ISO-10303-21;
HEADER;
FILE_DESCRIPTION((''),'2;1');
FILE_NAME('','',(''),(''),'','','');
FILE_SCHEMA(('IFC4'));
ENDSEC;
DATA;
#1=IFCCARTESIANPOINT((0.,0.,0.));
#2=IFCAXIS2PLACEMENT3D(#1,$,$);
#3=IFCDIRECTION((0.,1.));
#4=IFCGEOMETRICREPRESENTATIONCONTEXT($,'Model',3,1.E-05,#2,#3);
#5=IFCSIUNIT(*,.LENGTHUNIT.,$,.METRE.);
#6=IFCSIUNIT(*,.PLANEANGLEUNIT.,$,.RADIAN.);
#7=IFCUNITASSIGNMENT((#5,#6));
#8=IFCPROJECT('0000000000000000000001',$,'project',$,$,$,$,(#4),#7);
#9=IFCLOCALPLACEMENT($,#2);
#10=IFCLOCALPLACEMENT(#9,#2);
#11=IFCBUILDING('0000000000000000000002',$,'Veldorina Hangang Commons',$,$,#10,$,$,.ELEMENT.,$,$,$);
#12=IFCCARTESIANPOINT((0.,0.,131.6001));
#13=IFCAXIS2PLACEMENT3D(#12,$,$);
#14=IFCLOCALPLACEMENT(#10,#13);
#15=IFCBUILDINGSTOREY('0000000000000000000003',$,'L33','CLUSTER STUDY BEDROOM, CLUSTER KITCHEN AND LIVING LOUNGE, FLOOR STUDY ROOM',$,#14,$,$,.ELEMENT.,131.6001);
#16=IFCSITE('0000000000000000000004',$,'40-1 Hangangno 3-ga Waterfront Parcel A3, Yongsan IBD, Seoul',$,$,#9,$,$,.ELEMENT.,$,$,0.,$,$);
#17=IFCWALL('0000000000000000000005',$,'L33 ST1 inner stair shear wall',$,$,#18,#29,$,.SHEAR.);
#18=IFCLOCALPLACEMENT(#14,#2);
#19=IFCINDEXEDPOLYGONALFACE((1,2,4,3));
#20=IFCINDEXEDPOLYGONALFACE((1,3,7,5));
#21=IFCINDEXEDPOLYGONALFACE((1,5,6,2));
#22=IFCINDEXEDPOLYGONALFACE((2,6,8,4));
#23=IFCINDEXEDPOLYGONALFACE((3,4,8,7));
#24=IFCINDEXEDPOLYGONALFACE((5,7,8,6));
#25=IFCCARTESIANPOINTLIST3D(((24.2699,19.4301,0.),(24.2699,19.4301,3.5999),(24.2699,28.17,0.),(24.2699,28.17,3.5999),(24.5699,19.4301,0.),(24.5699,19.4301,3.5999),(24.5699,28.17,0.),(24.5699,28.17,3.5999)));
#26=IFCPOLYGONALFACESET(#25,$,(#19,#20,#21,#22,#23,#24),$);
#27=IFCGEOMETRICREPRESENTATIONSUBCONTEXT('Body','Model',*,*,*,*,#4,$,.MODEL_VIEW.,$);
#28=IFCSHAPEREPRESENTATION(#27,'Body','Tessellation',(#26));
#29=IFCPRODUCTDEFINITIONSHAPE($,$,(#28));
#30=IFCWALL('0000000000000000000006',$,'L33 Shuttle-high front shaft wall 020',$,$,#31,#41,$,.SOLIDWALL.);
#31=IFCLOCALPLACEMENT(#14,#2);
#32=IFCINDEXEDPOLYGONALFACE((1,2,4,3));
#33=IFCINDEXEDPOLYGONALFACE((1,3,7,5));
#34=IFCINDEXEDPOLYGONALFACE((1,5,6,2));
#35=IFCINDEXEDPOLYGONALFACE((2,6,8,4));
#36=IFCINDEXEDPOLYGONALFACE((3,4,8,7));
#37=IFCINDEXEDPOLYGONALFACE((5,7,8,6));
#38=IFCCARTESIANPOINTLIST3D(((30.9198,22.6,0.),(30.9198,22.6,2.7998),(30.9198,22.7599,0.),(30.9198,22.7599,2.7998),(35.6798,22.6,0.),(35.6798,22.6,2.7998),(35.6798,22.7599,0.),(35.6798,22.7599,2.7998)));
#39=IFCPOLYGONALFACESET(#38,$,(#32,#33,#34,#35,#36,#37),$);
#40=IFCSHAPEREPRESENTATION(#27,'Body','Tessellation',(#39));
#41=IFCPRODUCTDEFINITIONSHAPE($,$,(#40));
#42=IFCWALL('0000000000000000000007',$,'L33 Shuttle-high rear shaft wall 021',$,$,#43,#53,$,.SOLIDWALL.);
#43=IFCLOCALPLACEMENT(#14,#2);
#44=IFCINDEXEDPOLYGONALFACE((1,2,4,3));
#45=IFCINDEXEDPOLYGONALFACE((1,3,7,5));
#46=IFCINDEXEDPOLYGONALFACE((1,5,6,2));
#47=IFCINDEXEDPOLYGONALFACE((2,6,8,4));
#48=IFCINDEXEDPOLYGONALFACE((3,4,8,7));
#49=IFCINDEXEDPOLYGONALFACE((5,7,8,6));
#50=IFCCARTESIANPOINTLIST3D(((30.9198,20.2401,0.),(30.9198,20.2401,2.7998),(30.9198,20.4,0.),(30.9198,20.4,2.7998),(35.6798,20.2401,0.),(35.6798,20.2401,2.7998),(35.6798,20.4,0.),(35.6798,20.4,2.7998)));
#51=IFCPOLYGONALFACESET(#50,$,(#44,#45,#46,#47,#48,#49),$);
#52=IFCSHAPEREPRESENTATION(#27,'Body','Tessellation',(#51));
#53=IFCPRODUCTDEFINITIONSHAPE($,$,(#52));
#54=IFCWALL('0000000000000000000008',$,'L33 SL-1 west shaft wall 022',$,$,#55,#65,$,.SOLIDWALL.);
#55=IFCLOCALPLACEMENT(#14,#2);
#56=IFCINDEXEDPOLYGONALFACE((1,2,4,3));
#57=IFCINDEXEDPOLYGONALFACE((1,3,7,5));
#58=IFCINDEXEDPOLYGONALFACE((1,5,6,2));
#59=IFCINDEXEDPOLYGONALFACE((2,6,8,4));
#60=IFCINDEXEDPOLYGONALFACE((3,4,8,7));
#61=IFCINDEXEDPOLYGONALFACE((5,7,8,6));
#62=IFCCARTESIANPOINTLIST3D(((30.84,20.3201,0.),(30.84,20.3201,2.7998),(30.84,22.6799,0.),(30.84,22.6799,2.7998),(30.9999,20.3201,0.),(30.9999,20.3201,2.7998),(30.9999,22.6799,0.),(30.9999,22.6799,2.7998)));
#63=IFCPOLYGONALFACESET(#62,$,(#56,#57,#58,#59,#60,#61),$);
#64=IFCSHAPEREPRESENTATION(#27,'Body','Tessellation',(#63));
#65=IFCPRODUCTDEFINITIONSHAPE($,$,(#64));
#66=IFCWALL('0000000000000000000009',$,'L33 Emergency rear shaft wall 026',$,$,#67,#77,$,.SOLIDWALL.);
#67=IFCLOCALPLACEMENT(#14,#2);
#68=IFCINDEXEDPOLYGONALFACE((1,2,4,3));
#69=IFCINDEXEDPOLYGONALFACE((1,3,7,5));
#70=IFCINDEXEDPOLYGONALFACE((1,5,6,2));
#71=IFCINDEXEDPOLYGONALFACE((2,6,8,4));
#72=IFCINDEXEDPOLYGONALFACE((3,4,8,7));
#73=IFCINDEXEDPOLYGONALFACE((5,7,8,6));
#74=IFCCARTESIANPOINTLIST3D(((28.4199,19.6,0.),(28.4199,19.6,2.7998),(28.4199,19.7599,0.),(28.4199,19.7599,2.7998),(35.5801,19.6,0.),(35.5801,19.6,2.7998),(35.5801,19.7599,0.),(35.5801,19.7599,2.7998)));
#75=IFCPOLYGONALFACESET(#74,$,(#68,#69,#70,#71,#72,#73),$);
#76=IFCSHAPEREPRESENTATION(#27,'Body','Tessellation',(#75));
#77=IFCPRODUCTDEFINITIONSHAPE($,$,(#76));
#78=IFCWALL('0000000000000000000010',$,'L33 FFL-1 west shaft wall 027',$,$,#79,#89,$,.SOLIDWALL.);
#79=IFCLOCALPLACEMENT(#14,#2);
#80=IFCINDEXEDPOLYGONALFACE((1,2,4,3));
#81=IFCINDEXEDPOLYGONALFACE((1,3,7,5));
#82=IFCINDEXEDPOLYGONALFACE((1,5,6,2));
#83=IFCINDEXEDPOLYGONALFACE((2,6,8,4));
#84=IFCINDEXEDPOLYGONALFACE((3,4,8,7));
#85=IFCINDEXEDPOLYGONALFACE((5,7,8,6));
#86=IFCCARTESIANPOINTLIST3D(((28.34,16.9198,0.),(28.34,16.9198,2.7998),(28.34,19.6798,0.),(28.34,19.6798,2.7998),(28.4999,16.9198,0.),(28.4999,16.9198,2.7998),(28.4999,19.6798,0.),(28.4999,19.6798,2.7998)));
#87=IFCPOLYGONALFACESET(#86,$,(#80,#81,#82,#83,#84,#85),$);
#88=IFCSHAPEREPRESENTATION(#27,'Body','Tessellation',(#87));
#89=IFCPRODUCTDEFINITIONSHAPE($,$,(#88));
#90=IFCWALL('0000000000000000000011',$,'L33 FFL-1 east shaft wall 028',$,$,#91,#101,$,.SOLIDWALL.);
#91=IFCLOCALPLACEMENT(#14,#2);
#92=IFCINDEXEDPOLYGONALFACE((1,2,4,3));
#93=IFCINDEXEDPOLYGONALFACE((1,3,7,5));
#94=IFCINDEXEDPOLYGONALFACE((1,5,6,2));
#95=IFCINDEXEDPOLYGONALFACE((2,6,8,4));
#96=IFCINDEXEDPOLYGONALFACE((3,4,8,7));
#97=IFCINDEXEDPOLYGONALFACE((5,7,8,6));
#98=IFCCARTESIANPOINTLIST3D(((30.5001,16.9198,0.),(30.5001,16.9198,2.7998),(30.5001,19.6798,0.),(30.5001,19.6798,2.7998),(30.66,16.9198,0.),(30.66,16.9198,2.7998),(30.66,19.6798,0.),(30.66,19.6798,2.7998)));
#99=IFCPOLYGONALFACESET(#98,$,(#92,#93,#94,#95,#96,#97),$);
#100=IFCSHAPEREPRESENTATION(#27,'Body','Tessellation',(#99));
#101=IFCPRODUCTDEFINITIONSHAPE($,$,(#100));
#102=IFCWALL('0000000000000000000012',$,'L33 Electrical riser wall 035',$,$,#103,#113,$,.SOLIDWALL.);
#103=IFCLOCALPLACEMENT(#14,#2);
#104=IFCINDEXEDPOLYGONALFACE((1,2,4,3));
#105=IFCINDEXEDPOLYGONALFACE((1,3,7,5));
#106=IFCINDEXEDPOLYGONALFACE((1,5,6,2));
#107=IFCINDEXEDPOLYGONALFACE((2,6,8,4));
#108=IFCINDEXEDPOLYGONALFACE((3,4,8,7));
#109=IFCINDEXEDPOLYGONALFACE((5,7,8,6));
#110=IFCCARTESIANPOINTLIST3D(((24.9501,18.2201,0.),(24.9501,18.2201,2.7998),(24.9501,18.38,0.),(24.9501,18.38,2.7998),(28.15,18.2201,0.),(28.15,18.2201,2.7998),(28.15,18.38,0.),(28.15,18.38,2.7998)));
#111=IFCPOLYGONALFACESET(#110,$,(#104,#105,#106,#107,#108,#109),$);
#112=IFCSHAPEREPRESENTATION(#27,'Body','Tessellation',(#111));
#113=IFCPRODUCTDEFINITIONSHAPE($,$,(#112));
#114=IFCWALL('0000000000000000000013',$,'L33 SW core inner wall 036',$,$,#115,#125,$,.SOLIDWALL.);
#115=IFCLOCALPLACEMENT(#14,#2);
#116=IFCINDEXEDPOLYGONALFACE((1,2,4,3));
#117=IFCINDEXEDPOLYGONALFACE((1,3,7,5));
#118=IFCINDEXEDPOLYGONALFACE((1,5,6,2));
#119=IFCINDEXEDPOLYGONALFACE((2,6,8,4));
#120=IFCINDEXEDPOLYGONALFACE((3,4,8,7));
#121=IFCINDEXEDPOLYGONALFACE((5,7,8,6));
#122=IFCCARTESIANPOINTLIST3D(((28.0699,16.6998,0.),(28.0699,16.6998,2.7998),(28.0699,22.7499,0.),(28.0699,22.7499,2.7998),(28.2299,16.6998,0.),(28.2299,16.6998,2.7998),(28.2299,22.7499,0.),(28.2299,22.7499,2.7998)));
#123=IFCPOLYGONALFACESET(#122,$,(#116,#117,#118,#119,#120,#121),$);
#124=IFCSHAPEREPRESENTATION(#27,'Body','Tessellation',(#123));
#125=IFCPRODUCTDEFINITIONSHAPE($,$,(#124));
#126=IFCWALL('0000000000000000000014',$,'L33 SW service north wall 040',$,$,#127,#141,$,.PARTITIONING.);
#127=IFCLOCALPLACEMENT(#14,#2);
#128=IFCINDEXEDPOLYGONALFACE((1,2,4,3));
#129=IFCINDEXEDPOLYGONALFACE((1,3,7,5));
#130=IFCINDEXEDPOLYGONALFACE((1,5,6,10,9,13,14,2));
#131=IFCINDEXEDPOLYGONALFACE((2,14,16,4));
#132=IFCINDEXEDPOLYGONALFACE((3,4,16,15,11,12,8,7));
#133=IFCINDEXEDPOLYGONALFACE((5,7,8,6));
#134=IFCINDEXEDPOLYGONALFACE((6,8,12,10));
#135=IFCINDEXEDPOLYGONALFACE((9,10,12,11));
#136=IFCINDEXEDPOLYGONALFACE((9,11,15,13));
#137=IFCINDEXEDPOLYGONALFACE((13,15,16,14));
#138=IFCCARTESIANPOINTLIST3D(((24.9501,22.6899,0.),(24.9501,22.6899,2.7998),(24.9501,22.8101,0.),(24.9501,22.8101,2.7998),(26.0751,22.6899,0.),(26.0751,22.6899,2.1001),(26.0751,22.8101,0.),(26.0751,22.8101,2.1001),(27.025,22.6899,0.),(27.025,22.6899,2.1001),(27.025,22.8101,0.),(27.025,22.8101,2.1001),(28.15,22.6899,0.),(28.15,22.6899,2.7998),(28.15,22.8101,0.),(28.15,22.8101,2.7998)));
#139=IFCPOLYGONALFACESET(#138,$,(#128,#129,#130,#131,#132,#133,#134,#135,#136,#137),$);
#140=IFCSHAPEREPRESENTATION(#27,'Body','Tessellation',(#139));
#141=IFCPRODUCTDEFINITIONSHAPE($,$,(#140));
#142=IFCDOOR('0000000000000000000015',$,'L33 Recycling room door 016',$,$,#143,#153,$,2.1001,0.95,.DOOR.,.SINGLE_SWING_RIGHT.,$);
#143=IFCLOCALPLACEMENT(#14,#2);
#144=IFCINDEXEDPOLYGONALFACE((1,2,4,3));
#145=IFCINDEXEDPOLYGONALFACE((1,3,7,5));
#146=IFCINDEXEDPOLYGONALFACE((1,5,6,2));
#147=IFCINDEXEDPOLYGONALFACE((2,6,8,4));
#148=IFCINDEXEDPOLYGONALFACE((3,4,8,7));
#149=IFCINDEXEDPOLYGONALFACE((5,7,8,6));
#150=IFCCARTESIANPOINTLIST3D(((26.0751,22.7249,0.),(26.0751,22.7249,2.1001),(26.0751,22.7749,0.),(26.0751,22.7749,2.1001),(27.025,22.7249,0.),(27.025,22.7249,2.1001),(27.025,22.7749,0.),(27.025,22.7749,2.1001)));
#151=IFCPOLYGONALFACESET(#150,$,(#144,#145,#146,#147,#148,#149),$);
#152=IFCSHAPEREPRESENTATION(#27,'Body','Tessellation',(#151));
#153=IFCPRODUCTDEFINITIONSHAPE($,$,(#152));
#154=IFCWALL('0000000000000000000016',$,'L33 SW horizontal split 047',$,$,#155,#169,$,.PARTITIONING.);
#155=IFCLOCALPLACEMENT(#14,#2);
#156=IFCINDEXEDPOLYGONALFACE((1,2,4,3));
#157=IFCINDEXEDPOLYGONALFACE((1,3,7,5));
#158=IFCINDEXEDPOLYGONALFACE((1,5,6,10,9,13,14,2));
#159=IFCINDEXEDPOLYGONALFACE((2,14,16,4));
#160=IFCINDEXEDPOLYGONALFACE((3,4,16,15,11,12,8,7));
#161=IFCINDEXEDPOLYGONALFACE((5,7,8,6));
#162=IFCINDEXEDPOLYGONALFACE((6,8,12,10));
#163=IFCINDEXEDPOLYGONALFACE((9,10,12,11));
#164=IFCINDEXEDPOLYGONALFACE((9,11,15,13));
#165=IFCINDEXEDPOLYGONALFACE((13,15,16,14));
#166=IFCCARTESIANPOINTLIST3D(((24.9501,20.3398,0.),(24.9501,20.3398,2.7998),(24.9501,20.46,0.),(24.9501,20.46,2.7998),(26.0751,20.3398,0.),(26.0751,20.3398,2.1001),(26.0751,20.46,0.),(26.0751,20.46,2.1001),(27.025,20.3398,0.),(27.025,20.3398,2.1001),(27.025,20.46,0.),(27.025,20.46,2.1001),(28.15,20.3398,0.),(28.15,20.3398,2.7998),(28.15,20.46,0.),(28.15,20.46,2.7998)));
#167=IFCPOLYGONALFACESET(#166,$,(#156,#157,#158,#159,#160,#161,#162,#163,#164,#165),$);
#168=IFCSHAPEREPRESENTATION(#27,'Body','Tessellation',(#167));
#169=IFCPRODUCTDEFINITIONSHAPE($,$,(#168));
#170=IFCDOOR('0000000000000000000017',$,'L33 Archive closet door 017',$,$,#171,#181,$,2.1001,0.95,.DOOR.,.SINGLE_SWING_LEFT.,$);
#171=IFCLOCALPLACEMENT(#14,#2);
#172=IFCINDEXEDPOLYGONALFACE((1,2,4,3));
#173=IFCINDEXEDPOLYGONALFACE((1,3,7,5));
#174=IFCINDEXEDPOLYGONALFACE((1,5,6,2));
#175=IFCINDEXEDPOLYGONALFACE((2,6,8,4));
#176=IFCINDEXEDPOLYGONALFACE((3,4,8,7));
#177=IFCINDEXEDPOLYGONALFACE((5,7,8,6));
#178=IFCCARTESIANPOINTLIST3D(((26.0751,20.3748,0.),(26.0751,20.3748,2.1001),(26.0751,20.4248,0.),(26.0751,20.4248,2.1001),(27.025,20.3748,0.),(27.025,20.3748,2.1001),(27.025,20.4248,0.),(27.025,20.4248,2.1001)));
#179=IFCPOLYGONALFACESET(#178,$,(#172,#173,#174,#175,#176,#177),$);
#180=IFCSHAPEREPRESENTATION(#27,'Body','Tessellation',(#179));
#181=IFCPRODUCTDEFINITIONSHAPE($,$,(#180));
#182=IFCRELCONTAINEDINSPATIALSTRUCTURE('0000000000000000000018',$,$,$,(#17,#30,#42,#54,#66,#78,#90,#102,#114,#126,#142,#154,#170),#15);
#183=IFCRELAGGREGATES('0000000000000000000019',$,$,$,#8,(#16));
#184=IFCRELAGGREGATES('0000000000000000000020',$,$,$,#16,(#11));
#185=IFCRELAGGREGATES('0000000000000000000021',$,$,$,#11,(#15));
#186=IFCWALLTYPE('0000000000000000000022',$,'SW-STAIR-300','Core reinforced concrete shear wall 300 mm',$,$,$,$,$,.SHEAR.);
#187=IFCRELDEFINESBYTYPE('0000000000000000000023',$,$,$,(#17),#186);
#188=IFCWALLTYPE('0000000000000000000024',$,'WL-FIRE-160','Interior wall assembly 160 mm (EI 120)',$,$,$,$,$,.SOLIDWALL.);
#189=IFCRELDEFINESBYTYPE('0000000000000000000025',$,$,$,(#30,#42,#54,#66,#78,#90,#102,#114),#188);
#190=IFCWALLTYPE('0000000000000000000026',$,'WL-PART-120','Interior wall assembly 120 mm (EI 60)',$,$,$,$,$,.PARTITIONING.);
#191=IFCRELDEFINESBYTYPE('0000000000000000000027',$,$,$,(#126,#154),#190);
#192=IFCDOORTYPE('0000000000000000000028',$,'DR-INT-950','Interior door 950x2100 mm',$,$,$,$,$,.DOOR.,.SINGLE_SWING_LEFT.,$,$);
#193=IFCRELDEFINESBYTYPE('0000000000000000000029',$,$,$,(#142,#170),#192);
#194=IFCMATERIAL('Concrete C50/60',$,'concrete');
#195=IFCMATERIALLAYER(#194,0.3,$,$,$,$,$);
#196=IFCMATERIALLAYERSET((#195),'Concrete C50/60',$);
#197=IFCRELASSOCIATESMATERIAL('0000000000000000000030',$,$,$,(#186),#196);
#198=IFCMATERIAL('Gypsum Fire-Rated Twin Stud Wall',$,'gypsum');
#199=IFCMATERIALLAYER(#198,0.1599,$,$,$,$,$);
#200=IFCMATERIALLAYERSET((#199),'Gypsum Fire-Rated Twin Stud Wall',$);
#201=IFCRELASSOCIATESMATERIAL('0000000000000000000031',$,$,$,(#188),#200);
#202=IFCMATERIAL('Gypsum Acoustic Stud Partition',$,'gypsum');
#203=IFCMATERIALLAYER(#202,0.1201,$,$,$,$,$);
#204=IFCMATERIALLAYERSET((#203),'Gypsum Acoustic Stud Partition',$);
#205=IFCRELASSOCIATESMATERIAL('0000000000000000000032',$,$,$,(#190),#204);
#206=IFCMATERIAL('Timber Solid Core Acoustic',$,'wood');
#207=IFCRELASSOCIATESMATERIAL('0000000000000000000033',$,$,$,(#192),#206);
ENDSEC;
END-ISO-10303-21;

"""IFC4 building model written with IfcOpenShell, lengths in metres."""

from ifc_helpers import new_model, si_unit, direction, frame, frame_2d, origin, place, context, subcontext, project, spatial, rectangle, extrude, material, layer, layer_set, type_object, element, fill, save


model = new_model("IFC4")

# Units and contexts
model_context = context("Model", 3, precision=1e-05, world=origin(), true_north=direction((0.0, 1.0)))
body_context = subcontext(model_context, "Body", "Model", "MODEL_VIEW")
ifc_project = project(units=[si_unit("LENGTHUNIT", "METRE"), si_unit("PLANEANGLEUNIT", "RADIAN")], contexts=[model_context])

# Site, building, storey
site_placement = place(None, origin())
site = spatial("IfcSite", under=ifc_project, at=site_placement, Name="40-1 Hangangno 3-ga Waterfront Parcel A3, Yongsan IBD, Seoul", CompositionType="ELEMENT", RefElevation=0.0)
building_placement = place(site_placement, origin())
building = spatial("IfcBuilding", under=site, at=building_placement, Name="Veldorina Hangang Commons", CompositionType="ELEMENT")
storey_placement = place(building_placement, frame((0.0, 0.0, 131.6001)))
storey = spatial("IfcBuildingStorey", under=building, at=storey_placement, Name="L33", Description="CLUSTER STUDY BEDROOM, CLUSTER KITCHEN AND LIVING LOUNGE, FLOOR STUDY ROOM", CompositionType="ELEMENT", Elevation=131.6001)

# Walls
ifc_material_1 = material(Name="Concrete C50/60", Category="concrete")
ifc_layer_1 = layer(ifc_material_1, 0.3)
ifc_layer_set_1 = layer_set([ifc_layer_1], Name="Concrete C50/60")
wall_type_1 = type_object("IfcWallType", Name="SW-STAIR-300", Description="Core reinforced concrete shear wall 300 mm", PredefinedType="SHEAR", material=ifc_layer_set_1)
wall_1_placement = place(storey_placement, frame((24.4199, 19.4299, 0.0), z_axis=(0.0, 0.0, 1.0), x_axis=(0.0, 1.0, 0.0)))
element("IfcWall", 1, at=wall_1_placement, inside=storey, type_object=wall_type_1, Name="L33 ST1 inner stair shear wall", PredefinedType="SHEAR", context=body_context, shape_type="SweptSolid", body=[
    extrude(rectangle(XDim=8.74, YDim=0.3, at=frame_2d((4.3701, 0.0))), origin(), (0.0, 0.0, 1.0), 3.5999),
])
ifc_material_2 = material(Name="Gypsum Fire-Rated Twin Stud Wall", Category="gypsum")
ifc_layer_2 = layer(ifc_material_2, 0.1599)
ifc_layer_set_2 = layer_set([ifc_layer_2], Name="Gypsum Fire-Rated Twin Stud Wall")
wall_type_2 = type_object("IfcWallType", Name="WL-FIRE-160", Description="Interior wall assembly 160 mm (EI 120)", PredefinedType="SOLIDWALL", material=ifc_layer_set_2)
for number, where, z_axis, x_axis, name in (
    (2, (30.9199, 22.6799, 0.0), (0.0, 0.0, 1.0), (1.0, 0.0, 0.0), "L33 Shuttle-high front shaft wall 020"),
    (3, (30.9199, 20.3201, 0.0), (0.0, 0.0, 1.0), (1.0, 0.0, 0.0), "L33 Shuttle-high rear shaft wall 021"),
):
    element("IfcWall", number, at=place(storey_placement, frame(where, z_axis=z_axis, x_axis=x_axis)), inside=storey, type_object=wall_type_2, Name=name, PredefinedType="SOLIDWALL", context=body_context, shape_type="SweptSolid", body=[
        extrude(rectangle(XDim=4.76, YDim=0.1599, at=frame_2d((2.3799, 0.0))), origin(), (0.0, 0.0, 1.0), 2.7998),
    ])
wall_2_placement = place(storey_placement, frame((30.9199, 20.3201, 0.0), z_axis=(0.0, 0.0, 1.0), x_axis=(0.0, 1.0, 0.0)))
element("IfcWall", 4, at=wall_2_placement, inside=storey, type_object=wall_type_2, Name="L33 SL-1 west shaft wall 022", PredefinedType="SOLIDWALL", context=body_context, shape_type="SweptSolid", body=[
    extrude(rectangle(XDim=2.3599, YDim=0.1599, at=frame_2d((1.1799, 0.0))), origin(), (0.0, 0.0, 1.0), 2.7998),
])

# Walls
wall_3_placement = place(storey_placement, frame((28.4199, 19.6799, 0.0), z_axis=(0.0, 0.0, 1.0), x_axis=(1.0, 0.0, 0.0)))
element("IfcWall", 5, at=wall_3_placement, inside=storey, type_object=wall_type_2, Name="L33 Emergency rear shaft wall 026", PredefinedType="SOLIDWALL", context=body_context, shape_type="SweptSolid", body=[
    extrude(rectangle(XDim=7.1602, YDim=0.1599, at=frame_2d((3.5801, 0.0))), origin(), (0.0, 0.0, 1.0), 2.7998),
])
for number, where, z_axis, x_axis, name in (
    (6, (28.4199, 16.9199, 0.0), (0.0, 0.0, 1.0), (0.0, 1.0, 0.0), "L33 FFL-1 west shaft wall 027"),
    (7, (30.5801, 16.9199, 0.0), (0.0, 0.0, 1.0), (0.0, 1.0, 0.0), "L33 FFL-1 east shaft wall 028"),
):
    element("IfcWall", number, at=place(storey_placement, frame(where, z_axis=z_axis, x_axis=x_axis)), inside=storey, type_object=wall_type_2, Name=name, PredefinedType="SOLIDWALL", context=body_context, shape_type="SweptSolid", body=[
        extrude(rectangle(XDim=2.76, YDim=0.1599, at=frame_2d((1.3799, 0.0))), origin(), (0.0, 0.0, 1.0), 2.7998),
    ])
wall_4_placement = place(storey_placement, frame((24.95, 18.3, 0.0), z_axis=(0.0, 0.0, 1.0), x_axis=(1.0, 0.0, 0.0)))
element("IfcWall", 8, at=wall_4_placement, inside=storey, type_object=wall_type_2, Name="L33 Electrical riser wall 035", PredefinedType="SOLIDWALL", context=body_context, shape_type="SweptSolid", body=[
    extrude(rectangle(XDim=3.2, YDim=0.1599, at=frame_2d((1.6001, 0.0))), origin(), (0.0, 0.0, 1.0), 2.7998),
])
wall_5_placement = place(storey_placement, frame((28.1499, 16.7, 0.0), z_axis=(0.0, 0.0, 1.0), x_axis=(0.0, 1.0, 0.0)))
element("IfcWall", 9, at=wall_5_placement, inside=storey, type_object=wall_type_2, Name="L33 SW core inner wall 036", PredefinedType="SOLIDWALL", context=body_context, shape_type="SweptSolid", body=[
    extrude(rectangle(XDim=6.05, YDim=0.1599, at=frame_2d((3.0249, 0.0))), origin(), (0.0, 0.0, 1.0), 2.7998),
])

# Walls, openings, doors
ifc_material_3 = material(Name="Gypsum Acoustic Stud Partition", Category="gypsum")
ifc_layer_3 = layer(ifc_material_3, 0.1201)
ifc_layer_set_3 = layer_set([ifc_layer_3], Name="Gypsum Acoustic Stud Partition")
wall_type_3 = type_object("IfcWallType", Name="WL-PART-120", Description="Interior wall assembly 120 mm (EI 60)", PredefinedType="PARTITIONING", material=ifc_layer_set_3)
wall_6_placement = place(storey_placement, frame((24.95, 22.75, 0.0), z_axis=(0.0, 0.0, 1.0), x_axis=(1.0, 0.0, 0.0)))
wall_6 = element("IfcWall", 10, at=wall_6_placement, inside=storey, type_object=wall_type_3, Name="L33 SW service north wall 040", PredefinedType="PARTITIONING", context=body_context, shape_type="SweptSolid", body=[
    extrude(rectangle(XDim=3.2, YDim=0.1201, at=frame_2d((1.6001, 0.0))), origin(), (0.0, 0.0, 1.0), 2.7998),
])
opening_1_placement = place(wall_6_placement, frame((1.125, 0.0, 0.0)))
opening_1 = element("IfcOpeningElement", 11, at=opening_1_placement, cuts=wall_6, PredefinedType="OPENING", context=body_context, shape_type="SweptSolid", body=[
    extrude(rectangle(XDim=0.95, YDim=2.1001, at=frame_2d((0.4751, 1.05))), frame((0.0, 0.0701, 0.0), z_axis=(0.0, -1.0, 0.0), x_axis=(1.0, 0.0, 0.0)), (0.0, 0.0, 1.0), 0.1401),
])
ifc_material_4 = material(Name="Timber Solid Core Acoustic", Category="wood")
door_type_1 = type_object("IfcDoorType", Name="DR-INT-950", Description="Interior door 950x2100 mm", OperationType="SINGLE_SWING_LEFT", PredefinedType="DOOR", material=ifc_material_4)
door_1_placement = place(opening_1_placement, origin())
door_1 = element("IfcDoor", 12, at=door_1_placement, inside=storey, type_object=door_type_1, Name="L33 Recycling room door 016", OperationType="SINGLE_SWING_RIGHT", OverallHeight=2.1001, OverallWidth=0.95, PredefinedType="DOOR", context=body_context, shape_type="SweptSolid", body=[
    extrude(rectangle(XDim=0.95, YDim=2.1001, at=frame_2d((0.4751, 1.05))), frame((0.0, 0.0249, 0.0), z_axis=(0.0, -1.0, 0.0), x_axis=(1.0, 0.0, 0.0)), (0.0, 0.0, 1.0), 0.05),
])
fill(opening_1, door_1)
wall_7_placement = place(storey_placement, frame((24.95, 20.3999, 0.0), z_axis=(0.0, 0.0, 1.0), x_axis=(1.0, 0.0, 0.0)))
wall_7 = element("IfcWall", 13, at=wall_7_placement, inside=storey, type_object=wall_type_3, Name="L33 SW horizontal split 047", PredefinedType="PARTITIONING", context=body_context, shape_type="SweptSolid", body=[
    extrude(rectangle(XDim=3.2, YDim=0.1201, at=frame_2d((1.6001, 0.0))), origin(), (0.0, 0.0, 1.0), 2.7998),
])
opening_2_placement = place(wall_7_placement, frame((1.125, 0.0, 0.0)))
opening_2 = element("IfcOpeningElement", 14, at=opening_2_placement, cuts=wall_7, PredefinedType="OPENING", context=body_context, shape_type="SweptSolid", body=[
    extrude(rectangle(XDim=0.95, YDim=2.1001, at=frame_2d((0.4751, 1.05))), frame((0.0, 0.0701, 0.0), z_axis=(0.0, -1.0, 0.0), x_axis=(1.0, 0.0, 0.0)), (0.0, 0.0, 1.0), 0.1401),
])
door_2_placement = place(opening_2_placement, origin())
door_2 = element("IfcDoor", 15, at=door_2_placement, inside=storey, type_object=door_type_1, Name="L33 Archive closet door 017", OperationType="SINGLE_SWING_LEFT", OverallHeight=2.1001, OverallWidth=0.95, PredefinedType="DOOR", context=body_context, shape_type="SweptSolid", body=[
    extrude(rectangle(XDim=0.95, YDim=2.1001, at=frame_2d((0.4751, 1.05))), frame((0.0, 0.0249, 0.0), z_axis=(0.0, -1.0, 0.0), x_axis=(1.0, 0.0, 0.0)), (0.0, 0.0, 1.0), 0.05),
])
fill(opening_2, door_2)

save(model, "model.ifc")
